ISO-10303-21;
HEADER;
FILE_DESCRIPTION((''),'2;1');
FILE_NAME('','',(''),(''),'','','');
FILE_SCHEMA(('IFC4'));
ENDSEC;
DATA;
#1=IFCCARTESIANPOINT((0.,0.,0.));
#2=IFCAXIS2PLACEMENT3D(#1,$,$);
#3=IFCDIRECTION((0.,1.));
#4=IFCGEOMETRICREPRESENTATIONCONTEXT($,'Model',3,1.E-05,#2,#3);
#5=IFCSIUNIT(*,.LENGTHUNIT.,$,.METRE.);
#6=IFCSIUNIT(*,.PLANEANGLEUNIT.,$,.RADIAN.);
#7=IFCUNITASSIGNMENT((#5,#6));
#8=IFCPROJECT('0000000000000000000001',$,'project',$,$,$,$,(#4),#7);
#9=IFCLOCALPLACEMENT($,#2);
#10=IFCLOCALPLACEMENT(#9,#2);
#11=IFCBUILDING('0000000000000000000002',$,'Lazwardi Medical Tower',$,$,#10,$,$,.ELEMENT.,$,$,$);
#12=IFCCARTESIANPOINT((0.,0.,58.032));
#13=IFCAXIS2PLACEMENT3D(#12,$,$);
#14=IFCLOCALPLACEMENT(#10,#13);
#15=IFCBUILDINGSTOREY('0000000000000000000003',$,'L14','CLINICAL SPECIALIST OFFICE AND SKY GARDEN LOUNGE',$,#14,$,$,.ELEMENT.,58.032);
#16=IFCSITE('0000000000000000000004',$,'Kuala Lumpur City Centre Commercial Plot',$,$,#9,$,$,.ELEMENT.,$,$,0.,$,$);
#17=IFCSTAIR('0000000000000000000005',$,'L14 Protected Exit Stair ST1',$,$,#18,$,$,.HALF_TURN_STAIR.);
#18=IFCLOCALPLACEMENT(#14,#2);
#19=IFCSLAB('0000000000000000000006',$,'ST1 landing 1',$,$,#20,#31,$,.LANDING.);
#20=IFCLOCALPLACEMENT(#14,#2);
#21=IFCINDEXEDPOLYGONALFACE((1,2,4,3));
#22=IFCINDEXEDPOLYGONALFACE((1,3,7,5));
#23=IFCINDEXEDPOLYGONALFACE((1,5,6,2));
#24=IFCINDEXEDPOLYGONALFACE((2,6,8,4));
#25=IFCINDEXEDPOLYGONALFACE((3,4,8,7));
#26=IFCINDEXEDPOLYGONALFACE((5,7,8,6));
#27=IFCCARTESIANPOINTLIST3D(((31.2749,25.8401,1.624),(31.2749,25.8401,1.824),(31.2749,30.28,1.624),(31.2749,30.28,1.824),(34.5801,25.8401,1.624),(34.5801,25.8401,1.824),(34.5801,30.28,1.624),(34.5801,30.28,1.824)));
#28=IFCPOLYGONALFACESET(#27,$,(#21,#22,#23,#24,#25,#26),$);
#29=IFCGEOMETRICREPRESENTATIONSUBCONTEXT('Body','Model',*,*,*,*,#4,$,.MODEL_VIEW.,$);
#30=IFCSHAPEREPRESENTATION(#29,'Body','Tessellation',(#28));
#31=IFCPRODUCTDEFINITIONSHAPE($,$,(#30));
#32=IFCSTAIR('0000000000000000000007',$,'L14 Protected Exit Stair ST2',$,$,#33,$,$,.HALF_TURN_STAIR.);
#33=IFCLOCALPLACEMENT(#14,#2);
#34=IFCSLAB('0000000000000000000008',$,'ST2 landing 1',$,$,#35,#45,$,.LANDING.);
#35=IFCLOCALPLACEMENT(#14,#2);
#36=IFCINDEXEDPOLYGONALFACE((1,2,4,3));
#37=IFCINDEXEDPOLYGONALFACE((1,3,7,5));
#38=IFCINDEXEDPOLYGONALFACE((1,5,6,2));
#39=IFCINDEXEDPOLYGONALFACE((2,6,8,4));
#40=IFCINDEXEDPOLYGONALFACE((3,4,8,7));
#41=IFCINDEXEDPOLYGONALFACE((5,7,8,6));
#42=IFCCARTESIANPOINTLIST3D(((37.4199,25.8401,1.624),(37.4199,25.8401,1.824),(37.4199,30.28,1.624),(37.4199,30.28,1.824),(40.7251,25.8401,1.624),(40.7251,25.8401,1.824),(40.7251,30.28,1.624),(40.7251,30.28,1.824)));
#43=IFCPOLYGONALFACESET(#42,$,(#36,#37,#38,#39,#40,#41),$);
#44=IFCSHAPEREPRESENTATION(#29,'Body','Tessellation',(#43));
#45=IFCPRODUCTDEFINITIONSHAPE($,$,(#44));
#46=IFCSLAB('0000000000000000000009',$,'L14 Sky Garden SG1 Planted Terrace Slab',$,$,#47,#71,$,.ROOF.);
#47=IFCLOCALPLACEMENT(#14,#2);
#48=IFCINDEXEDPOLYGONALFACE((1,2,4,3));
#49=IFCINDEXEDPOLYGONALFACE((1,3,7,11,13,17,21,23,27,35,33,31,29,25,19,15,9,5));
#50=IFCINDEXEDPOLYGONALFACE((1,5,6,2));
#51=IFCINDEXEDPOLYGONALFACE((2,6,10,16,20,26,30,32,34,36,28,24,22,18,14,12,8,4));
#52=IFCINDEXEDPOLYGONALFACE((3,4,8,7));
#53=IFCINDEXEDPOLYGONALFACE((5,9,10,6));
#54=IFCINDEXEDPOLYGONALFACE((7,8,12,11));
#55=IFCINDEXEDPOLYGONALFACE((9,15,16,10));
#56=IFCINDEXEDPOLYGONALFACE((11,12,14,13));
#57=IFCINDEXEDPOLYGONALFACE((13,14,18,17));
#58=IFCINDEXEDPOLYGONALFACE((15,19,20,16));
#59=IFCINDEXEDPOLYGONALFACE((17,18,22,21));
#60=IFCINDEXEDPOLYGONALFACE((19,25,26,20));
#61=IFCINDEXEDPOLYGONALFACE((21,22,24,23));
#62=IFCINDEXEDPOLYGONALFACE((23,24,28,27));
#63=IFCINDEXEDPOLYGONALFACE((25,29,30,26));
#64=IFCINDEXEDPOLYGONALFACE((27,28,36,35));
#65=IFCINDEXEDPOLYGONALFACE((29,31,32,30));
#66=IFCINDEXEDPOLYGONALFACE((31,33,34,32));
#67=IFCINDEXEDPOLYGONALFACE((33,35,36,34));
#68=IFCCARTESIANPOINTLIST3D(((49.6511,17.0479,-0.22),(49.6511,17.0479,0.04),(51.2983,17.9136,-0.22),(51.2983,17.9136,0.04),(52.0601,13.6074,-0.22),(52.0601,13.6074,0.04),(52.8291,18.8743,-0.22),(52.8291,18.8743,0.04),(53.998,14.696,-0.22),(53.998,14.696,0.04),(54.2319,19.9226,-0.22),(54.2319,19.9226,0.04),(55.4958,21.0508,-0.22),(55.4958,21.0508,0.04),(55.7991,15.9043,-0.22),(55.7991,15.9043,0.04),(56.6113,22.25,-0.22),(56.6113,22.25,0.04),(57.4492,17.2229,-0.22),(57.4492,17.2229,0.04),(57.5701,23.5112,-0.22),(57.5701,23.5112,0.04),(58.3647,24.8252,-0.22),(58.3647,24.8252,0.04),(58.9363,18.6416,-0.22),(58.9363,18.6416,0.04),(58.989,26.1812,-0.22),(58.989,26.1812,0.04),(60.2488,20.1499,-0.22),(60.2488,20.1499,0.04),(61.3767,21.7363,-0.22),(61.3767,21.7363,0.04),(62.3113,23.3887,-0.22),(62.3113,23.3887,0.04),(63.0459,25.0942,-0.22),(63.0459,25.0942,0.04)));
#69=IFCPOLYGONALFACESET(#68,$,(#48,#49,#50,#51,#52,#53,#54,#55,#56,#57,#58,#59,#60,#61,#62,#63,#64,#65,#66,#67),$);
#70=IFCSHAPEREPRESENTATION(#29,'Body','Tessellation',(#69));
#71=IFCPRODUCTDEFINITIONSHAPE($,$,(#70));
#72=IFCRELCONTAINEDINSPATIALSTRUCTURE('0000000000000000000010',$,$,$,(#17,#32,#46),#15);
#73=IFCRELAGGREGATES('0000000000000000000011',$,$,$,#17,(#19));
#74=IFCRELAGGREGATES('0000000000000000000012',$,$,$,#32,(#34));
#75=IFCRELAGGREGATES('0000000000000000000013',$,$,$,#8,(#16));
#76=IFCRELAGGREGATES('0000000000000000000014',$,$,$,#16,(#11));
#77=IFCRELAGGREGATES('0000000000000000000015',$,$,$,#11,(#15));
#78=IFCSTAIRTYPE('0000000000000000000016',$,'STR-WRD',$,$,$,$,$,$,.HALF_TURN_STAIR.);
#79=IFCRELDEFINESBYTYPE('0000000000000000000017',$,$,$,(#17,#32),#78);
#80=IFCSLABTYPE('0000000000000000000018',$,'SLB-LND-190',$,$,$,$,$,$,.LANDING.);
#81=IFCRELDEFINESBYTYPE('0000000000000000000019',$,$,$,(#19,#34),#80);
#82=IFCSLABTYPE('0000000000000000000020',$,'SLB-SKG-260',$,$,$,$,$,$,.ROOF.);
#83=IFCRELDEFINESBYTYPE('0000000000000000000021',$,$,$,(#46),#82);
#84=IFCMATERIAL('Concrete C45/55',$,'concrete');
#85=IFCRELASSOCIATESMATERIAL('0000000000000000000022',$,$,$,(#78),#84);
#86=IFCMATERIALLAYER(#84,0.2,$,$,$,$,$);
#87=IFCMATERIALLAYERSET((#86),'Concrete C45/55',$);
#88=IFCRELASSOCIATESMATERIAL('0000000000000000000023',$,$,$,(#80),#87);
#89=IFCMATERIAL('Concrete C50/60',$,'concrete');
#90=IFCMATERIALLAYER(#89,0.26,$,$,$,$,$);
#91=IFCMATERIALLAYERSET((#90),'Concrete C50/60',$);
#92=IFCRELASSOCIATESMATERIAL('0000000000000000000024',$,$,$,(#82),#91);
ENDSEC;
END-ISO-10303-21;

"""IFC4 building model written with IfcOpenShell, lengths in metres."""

from ifc_helpers import new_model, si_unit, direction, frame, origin, place, context, subcontext, project, spatial, polyline, outline, extrude, material, layer, layer_set, type_object, element, aggregate, save


model = new_model("IFC4")

# Units and contexts
model_context = context("Model", 3, precision=1e-05, world=origin(), true_north=direction((0.0, 1.0)))
body_context = subcontext(model_context, "Body", "Model", "MODEL_VIEW")
ifc_project = project(units=[si_unit("LENGTHUNIT", "METRE"), si_unit("PLANEANGLEUNIT", "RADIAN")], contexts=[model_context])

# Site, building, storey
site_placement = place(None, origin())
site = spatial("IfcSite", under=ifc_project, at=site_placement, Name="Kuala Lumpur City Centre Commercial Plot", CompositionType="ELEMENT", RefElevation=0.0)
building_placement = place(site_placement, origin())
building = spatial("IfcBuilding", under=site, at=building_placement, Name="Lazwardi Medical Tower", CompositionType="ELEMENT")
storey_placement = place(building_placement, frame((0.0, 0.0, 58.032)))
storey = spatial("IfcBuildingStorey", under=building, at=storey_placement, Name="L14", Description="CLINICAL SPECIALIST OFFICE AND SKY GARDEN LOUNGE", CompositionType="ELEMENT", Elevation=58.032)

# Stairs, slabs
ifc_material_1 = material(Name="Concrete C45/55", Category="concrete")
stair_type = type_object("IfcStairType", Name="STR-WRD", PredefinedType="HALF_TURN_STAIR", material=ifc_material_1)
stair_1_placement = place(storey_placement, origin())
stair_1 = element("IfcStair", 1, at=stair_1_placement, inside=storey, type_object=stair_type, Name="L14 Protected Exit Stair ST1", PredefinedType="HALF_TURN_STAIR")
ifc_layer_1 = layer(ifc_material_1, 0.2)
ifc_layer_set_1 = layer_set([ifc_layer_1], Name="Concrete C45/55")
slab_type_1 = type_object("IfcSlabType", Name="SLB-LND-190", PredefinedType="LANDING", material=ifc_layer_set_1)
slab_1_placement = place(storey_placement, frame((0.0, 0.0, 1.624)))
slab_1 = element("IfcSlab", 2, at=slab_1_placement, type_object=slab_type_1, Name="ST1 landing 1", PredefinedType="LANDING", context=body_context, shape_type="SweptSolid", body=[
    extrude(outline(polyline([(31.2749, 25.8401), (34.5801, 25.8401), (34.5801, 30.28), (31.2749, 30.28), (31.2749, 25.8401)])), origin(), (0.0, 0.0, 1.0), 0.2),
])
aggregate(stair_1, [slab_1])
stair_2_placement = place(storey_placement, origin())
stair_2 = element("IfcStair", 3, at=stair_2_placement, inside=storey, type_object=stair_type, Name="L14 Protected Exit Stair ST2", PredefinedType="HALF_TURN_STAIR")
slab_2_placement = place(storey_placement, frame((0.0, 0.0, 1.624)))
slab_2 = element("IfcSlab", 4, at=slab_2_placement, type_object=slab_type_1, Name="ST2 landing 1", PredefinedType="LANDING", context=body_context, shape_type="SweptSolid", body=[
    extrude(outline(polyline([(40.7251, 30.28), (37.4199, 30.28), (37.4199, 25.8401), (40.7251, 25.8401), (40.7251, 30.28)])), origin(), (0.0, 0.0, 1.0), 0.2),
])
aggregate(stair_2, [slab_2])

# Slab
ifc_material_2 = material(Name="Concrete C50/60", Category="concrete")
ifc_layer_2 = layer(ifc_material_2, 0.26)
ifc_layer_set_2 = layer_set([ifc_layer_2], Name="Concrete C50/60")
slab_type_2 = type_object("IfcSlabType", Name="SLB-SKG-260", PredefinedType="ROOF", material=ifc_layer_set_2)
slab_3_placement = place(storey_placement, frame((0.0, 0.0, -0.22)))
element("IfcSlab", 5, at=slab_3_placement, inside=storey, type_object=slab_type_2, Name="L14 Sky Garden SG1 Planted Terrace Slab", PredefinedType="ROOF", context=body_context, shape_type="SweptSolid", body=[
    extrude(outline(polyline([(53.998, 14.696), (55.7991, 15.9043), (57.4492, 17.2229), (58.9363, 18.6416), (60.2488, 20.1499), (61.3767, 21.7363), (62.3113, 23.3887), (63.0459, 25.0942), (58.989, 26.1812), (58.3647, 24.8252), (57.5701, 23.5112), (56.6113, 22.25), (55.4958, 21.0508), (54.2319, 19.9226), (52.8291, 18.8743), (51.2983, 17.9136), (49.6511, 17.0479), (52.0601, 13.6074), (53.998, 14.696)])), origin(), (0.0, 0.0, 1.0), 0.26),
])

save(model, "model.ifc")
